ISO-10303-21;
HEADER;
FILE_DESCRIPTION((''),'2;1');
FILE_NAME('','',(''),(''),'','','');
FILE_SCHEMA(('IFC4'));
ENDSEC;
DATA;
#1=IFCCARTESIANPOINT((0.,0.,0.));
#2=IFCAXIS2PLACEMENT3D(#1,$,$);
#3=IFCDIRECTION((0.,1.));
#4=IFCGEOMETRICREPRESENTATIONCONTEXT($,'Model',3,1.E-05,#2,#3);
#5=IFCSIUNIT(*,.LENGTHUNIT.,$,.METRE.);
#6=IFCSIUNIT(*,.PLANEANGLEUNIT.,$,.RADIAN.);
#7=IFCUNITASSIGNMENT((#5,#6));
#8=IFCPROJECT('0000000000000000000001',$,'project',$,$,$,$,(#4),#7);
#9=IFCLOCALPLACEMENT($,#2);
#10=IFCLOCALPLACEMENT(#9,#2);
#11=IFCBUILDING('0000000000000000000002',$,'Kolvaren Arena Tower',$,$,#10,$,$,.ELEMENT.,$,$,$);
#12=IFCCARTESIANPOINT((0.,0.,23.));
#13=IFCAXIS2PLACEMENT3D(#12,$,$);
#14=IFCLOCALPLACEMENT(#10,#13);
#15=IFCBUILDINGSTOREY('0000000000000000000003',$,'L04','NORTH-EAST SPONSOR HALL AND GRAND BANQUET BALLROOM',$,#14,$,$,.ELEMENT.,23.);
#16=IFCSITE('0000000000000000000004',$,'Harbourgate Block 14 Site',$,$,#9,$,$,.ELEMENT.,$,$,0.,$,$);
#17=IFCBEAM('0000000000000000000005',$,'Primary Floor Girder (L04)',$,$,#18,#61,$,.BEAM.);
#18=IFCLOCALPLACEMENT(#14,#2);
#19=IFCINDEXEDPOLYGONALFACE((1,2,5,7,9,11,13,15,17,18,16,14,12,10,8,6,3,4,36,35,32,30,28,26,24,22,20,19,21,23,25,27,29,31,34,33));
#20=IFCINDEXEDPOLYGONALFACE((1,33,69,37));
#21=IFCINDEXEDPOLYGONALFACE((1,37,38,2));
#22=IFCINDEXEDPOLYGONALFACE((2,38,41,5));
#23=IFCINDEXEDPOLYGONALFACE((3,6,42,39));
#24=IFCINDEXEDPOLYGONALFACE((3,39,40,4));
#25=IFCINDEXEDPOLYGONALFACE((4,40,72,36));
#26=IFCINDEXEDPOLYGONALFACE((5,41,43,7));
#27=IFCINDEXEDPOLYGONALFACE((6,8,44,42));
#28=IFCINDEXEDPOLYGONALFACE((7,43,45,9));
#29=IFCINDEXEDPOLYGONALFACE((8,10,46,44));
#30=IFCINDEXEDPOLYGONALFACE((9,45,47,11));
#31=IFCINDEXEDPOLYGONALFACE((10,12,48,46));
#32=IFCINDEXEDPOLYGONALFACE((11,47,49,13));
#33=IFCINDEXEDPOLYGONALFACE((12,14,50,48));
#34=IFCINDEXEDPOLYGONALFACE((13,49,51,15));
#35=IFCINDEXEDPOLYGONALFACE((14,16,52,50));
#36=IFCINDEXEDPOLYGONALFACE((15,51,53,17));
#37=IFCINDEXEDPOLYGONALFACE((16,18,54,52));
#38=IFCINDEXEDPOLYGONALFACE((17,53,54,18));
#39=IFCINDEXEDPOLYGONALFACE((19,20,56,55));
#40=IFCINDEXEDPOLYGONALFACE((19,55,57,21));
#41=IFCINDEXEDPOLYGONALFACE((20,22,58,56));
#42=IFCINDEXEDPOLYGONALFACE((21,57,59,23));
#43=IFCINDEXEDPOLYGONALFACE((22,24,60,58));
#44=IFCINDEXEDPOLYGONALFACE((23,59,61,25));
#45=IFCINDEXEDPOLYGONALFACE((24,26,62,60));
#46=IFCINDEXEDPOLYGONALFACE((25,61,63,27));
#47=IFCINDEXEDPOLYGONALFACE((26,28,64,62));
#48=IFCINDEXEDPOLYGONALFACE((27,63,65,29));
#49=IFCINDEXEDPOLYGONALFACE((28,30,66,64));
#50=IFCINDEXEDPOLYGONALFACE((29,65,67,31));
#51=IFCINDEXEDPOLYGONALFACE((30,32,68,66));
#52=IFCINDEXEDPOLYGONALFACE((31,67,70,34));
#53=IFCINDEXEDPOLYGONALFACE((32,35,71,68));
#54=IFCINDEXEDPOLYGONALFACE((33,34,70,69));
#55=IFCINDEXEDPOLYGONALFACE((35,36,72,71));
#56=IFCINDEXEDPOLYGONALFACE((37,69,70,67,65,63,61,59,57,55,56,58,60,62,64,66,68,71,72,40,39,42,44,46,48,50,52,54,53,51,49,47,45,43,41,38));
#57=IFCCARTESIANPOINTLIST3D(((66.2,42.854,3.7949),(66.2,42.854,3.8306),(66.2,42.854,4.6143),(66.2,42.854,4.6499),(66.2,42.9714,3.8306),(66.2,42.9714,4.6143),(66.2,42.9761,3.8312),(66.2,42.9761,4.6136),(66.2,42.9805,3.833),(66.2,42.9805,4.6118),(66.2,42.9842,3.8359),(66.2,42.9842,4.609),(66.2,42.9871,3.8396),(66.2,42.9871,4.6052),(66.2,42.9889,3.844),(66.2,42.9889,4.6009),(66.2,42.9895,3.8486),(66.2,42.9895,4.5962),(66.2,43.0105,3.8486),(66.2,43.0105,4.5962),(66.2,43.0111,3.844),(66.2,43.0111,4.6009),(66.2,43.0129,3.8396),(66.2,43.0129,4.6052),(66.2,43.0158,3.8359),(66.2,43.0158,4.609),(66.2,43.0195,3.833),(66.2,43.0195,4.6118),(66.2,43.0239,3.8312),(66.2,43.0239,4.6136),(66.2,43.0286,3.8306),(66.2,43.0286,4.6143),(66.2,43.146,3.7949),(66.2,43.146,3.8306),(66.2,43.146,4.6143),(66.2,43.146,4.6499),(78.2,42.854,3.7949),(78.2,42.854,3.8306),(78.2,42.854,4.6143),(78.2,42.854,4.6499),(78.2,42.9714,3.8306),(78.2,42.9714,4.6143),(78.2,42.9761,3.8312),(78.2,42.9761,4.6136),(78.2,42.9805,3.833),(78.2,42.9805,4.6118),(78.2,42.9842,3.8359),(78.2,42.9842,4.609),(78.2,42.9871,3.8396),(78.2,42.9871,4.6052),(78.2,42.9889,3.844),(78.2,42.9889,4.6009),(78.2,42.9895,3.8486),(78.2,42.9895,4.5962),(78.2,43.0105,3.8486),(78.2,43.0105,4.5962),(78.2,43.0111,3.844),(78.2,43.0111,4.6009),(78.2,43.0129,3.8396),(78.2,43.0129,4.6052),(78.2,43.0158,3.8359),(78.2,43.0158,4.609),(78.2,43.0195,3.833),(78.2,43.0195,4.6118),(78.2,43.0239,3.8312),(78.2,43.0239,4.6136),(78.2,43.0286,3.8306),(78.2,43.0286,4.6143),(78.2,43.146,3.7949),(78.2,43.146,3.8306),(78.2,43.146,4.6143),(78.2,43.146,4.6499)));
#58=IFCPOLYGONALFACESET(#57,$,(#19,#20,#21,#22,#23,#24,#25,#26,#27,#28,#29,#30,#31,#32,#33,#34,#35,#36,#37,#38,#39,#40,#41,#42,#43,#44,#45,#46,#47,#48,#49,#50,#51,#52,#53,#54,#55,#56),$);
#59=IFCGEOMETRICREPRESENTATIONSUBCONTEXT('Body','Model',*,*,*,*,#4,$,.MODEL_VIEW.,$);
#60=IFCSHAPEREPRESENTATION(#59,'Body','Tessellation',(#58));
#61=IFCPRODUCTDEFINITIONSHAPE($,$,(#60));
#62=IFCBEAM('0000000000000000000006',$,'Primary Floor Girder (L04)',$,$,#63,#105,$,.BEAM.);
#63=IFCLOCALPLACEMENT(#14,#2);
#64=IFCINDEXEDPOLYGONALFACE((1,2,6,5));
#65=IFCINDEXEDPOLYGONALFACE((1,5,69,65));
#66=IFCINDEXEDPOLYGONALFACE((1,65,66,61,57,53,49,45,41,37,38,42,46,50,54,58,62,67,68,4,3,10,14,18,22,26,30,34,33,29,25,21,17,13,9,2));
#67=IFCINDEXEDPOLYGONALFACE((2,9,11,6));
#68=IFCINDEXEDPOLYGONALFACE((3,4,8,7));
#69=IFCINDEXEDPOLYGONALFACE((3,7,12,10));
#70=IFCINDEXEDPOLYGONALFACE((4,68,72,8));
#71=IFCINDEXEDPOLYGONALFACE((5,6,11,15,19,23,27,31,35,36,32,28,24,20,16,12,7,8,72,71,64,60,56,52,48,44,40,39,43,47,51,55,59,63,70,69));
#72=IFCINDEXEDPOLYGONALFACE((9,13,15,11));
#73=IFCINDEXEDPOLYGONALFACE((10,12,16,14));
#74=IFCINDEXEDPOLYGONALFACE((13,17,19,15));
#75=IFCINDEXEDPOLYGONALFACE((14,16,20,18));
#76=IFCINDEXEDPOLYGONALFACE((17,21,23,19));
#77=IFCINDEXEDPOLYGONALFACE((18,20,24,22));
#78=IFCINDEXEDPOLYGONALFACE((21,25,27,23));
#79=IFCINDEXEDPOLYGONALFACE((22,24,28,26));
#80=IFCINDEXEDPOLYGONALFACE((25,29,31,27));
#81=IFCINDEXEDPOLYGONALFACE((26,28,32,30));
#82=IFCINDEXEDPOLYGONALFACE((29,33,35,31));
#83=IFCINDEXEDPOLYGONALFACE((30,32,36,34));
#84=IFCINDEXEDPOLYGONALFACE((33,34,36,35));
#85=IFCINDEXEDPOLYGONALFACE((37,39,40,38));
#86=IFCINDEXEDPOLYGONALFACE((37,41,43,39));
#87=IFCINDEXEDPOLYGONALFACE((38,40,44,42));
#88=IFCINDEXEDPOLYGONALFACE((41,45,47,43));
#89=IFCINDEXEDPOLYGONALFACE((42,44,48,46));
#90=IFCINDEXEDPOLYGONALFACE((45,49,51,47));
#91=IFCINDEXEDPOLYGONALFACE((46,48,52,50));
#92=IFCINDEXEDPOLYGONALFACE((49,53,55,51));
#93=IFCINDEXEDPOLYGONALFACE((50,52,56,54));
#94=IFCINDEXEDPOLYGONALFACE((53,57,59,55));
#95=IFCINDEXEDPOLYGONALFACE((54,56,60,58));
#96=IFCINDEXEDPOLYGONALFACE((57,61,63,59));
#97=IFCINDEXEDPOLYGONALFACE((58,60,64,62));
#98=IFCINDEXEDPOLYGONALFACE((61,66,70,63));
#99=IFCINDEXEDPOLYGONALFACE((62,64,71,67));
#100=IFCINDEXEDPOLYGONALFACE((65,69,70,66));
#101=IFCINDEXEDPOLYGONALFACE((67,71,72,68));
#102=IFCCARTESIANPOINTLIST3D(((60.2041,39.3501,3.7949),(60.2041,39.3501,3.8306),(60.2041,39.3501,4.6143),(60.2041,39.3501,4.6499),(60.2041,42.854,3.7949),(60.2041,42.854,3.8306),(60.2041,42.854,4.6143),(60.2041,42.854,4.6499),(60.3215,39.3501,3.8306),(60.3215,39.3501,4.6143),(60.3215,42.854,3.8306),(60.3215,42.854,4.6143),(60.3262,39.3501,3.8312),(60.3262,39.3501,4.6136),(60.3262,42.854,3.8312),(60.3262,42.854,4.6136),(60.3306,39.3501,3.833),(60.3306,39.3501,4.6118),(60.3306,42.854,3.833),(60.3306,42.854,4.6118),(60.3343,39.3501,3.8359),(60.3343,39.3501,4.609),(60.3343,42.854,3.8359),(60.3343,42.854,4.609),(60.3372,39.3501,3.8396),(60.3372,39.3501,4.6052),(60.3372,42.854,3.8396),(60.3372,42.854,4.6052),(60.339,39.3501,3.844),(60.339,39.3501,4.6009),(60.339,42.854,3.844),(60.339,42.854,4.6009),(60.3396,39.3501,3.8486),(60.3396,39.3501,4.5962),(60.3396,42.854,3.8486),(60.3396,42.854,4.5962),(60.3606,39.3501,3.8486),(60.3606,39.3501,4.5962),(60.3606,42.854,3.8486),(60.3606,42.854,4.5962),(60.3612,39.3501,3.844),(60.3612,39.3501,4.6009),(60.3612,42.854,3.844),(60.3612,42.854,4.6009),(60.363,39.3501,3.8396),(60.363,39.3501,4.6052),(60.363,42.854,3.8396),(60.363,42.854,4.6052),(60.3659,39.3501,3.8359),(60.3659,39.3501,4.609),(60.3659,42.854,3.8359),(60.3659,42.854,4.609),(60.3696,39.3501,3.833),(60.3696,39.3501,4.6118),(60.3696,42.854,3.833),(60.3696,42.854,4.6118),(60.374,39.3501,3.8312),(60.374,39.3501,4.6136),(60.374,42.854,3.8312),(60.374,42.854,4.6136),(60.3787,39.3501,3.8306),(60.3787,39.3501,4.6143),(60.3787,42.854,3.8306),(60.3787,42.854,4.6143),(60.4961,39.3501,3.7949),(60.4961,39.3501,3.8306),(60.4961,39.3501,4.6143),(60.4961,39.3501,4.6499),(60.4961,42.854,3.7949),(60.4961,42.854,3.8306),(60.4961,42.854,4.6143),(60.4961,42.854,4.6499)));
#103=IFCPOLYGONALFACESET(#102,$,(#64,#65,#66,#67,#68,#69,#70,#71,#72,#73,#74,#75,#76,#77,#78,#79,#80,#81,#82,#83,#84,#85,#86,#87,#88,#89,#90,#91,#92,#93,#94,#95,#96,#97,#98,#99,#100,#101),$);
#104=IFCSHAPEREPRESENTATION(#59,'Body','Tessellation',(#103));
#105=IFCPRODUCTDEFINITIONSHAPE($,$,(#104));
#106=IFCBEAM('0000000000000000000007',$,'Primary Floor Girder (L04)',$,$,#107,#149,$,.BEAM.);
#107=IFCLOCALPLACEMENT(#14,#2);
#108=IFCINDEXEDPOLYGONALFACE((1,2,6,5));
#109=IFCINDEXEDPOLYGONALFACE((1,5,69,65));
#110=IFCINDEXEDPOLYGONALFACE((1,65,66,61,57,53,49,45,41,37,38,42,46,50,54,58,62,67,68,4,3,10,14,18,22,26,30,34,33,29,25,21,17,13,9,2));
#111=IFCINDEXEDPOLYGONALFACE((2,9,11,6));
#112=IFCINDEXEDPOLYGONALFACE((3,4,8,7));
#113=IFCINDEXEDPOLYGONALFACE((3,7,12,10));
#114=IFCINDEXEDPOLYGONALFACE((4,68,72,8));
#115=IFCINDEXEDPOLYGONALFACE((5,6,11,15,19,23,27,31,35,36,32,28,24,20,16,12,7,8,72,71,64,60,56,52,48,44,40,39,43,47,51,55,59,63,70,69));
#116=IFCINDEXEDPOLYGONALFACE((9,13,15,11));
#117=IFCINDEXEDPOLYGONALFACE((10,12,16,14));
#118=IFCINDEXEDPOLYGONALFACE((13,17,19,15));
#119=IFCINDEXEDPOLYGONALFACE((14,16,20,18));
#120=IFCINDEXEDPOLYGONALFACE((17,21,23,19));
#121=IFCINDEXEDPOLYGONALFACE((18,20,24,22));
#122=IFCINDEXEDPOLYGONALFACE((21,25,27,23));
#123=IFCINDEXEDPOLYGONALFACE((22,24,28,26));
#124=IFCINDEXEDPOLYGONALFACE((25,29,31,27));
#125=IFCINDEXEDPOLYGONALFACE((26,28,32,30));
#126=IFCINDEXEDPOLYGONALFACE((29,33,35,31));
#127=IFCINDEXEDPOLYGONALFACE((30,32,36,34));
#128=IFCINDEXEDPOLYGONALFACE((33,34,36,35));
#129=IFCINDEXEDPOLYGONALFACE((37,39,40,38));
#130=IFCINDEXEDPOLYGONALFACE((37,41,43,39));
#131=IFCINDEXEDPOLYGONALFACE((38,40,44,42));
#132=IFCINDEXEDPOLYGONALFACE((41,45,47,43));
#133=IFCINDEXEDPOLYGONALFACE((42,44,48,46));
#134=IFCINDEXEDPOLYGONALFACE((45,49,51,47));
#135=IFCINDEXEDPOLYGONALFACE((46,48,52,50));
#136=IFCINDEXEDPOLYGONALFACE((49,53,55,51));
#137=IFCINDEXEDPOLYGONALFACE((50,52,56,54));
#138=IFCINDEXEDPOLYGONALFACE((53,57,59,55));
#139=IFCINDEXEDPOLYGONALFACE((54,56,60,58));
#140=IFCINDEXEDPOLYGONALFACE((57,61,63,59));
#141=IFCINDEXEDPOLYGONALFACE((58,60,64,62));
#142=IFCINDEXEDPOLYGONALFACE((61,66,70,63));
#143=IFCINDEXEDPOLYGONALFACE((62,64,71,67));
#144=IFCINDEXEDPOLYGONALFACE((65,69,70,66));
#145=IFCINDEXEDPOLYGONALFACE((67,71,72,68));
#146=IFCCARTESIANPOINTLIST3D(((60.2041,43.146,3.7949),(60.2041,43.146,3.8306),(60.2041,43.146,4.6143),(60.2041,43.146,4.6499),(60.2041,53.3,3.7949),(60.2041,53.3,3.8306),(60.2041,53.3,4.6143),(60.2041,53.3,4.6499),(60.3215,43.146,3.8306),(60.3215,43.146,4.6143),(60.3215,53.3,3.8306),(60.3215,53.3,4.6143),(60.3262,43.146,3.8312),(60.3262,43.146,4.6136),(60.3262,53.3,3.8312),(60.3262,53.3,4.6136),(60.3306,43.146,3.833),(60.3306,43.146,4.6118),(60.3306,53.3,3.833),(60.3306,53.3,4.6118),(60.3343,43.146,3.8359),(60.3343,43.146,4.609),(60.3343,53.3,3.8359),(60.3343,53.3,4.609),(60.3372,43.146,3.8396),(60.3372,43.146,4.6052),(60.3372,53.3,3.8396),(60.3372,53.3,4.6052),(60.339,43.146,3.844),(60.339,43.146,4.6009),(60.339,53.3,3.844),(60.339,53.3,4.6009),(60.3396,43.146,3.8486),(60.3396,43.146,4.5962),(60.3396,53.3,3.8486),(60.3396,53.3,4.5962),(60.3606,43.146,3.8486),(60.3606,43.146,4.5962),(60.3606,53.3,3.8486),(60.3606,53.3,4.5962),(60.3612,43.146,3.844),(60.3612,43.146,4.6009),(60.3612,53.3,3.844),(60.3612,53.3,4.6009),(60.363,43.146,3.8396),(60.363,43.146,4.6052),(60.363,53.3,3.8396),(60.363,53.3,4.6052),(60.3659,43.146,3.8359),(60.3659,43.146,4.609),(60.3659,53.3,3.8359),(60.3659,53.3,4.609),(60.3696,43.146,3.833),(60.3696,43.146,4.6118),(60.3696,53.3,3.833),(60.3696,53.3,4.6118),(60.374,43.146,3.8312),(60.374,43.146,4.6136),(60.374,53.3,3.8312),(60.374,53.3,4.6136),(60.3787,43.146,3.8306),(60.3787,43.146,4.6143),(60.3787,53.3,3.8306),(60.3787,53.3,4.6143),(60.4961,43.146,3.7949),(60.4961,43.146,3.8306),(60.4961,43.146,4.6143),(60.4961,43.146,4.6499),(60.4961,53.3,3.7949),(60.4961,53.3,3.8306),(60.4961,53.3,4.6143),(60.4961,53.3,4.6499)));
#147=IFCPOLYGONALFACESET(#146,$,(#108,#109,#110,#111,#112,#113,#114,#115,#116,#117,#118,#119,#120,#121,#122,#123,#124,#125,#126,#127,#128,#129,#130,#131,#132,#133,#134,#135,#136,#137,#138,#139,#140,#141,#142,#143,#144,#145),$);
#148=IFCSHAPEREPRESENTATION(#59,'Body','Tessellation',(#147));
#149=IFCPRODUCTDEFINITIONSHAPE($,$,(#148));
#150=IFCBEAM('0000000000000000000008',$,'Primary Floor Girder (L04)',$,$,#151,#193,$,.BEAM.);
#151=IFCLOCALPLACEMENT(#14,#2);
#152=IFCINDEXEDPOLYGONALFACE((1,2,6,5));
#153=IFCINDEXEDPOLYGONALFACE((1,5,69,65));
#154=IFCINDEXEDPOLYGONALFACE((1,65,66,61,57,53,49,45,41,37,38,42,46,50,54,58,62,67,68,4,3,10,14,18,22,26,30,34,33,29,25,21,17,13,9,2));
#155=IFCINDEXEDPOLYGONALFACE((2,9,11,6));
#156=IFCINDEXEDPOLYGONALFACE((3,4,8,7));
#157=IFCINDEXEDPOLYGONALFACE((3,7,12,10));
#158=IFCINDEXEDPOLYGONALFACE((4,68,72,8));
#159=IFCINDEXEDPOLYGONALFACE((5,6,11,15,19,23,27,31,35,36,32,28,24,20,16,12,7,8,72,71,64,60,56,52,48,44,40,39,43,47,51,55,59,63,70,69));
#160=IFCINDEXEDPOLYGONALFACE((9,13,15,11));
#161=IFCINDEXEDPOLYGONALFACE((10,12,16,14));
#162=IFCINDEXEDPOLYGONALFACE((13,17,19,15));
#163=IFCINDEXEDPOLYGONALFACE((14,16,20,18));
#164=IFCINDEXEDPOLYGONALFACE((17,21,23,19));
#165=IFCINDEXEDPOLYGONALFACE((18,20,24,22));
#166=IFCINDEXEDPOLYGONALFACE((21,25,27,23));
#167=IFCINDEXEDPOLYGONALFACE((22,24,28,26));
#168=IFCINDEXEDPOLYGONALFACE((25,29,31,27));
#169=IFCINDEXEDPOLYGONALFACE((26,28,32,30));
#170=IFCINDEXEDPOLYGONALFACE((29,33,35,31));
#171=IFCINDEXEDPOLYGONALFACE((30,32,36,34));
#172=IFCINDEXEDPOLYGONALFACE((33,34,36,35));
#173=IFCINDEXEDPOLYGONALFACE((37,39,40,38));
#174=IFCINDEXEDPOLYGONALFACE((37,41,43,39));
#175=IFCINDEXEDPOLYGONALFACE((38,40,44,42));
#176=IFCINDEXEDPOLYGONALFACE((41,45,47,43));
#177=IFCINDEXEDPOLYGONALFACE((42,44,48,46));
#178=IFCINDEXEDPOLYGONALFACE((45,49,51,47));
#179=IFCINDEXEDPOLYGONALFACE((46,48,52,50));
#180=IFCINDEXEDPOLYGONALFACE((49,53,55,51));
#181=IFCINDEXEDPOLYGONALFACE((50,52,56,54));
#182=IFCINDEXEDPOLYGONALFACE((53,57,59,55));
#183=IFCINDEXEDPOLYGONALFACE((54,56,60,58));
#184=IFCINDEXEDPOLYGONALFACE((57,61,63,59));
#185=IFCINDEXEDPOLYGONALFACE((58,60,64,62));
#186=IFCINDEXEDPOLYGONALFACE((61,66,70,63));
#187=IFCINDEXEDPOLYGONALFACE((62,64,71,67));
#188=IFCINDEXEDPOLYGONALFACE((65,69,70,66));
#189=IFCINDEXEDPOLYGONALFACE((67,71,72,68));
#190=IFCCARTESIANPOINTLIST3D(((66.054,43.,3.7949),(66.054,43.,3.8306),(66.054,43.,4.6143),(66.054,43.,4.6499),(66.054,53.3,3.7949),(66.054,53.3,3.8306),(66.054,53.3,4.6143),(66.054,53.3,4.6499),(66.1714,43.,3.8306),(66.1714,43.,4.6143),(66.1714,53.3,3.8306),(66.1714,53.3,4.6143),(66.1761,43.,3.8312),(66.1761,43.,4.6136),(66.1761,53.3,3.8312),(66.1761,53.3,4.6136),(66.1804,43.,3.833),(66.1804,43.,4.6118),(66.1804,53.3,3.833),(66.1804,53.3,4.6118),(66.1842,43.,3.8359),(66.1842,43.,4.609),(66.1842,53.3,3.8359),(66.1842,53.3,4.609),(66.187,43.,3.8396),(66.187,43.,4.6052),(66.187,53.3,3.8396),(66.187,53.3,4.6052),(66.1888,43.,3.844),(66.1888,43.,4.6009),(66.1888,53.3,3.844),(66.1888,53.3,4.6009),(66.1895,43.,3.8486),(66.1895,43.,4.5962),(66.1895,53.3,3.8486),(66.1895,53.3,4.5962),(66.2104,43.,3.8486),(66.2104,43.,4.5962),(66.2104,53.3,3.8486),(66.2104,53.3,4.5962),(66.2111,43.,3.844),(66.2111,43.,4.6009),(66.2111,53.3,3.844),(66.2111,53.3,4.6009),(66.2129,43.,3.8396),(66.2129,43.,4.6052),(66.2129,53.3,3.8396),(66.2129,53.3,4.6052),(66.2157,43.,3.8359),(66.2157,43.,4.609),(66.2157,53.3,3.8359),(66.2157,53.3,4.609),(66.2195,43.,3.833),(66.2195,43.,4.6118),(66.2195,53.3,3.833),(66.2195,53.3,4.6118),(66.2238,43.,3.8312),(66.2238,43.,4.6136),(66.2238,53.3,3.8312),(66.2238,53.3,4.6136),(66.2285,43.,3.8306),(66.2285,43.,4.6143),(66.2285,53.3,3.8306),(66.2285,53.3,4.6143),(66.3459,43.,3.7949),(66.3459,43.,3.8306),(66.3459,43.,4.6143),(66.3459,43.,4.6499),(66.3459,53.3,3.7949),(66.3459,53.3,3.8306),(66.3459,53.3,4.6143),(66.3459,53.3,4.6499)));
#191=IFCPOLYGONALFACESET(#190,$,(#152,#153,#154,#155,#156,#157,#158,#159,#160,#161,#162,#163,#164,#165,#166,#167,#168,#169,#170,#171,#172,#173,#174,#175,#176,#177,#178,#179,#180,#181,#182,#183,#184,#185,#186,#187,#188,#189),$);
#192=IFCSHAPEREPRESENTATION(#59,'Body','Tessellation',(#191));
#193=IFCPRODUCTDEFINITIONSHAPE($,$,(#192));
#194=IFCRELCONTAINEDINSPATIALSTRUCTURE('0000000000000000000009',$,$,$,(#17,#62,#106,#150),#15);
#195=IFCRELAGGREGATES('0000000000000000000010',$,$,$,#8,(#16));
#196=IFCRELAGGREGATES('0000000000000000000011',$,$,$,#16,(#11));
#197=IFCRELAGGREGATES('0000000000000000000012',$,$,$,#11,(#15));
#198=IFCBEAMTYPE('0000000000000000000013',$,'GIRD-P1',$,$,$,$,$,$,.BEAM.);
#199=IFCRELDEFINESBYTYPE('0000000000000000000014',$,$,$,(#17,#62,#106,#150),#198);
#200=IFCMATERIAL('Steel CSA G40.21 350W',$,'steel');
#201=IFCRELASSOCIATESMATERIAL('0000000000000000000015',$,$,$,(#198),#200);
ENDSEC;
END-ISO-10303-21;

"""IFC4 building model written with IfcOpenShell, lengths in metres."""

from ifc_helpers import new_model, si_unit, direction, frame, origin, origin_2d, place, context, subcontext, project, spatial, i_section, extrude, material, material_profile, profile_set, type_object, element, save


model = new_model("IFC4")

# Units and contexts
model_context = context("Model", 3, precision=1e-05, world=origin(), true_north=direction((0.0, 1.0)))
body_context = subcontext(model_context, "Body", "Model", "MODEL_VIEW")
ifc_project = project(units=[si_unit("LENGTHUNIT", "METRE"), si_unit("PLANEANGLEUNIT", "RADIAN")], contexts=[model_context])

# Site, building, storey
site_placement = place(None, origin())
site = spatial("IfcSite", under=ifc_project, at=site_placement, Name="Harbourgate Block 14 Site", CompositionType="ELEMENT", RefElevation=0.0)
building_placement = place(site_placement, origin())
building = spatial("IfcBuilding", under=site, at=building_placement, Name="Kolvaren Arena Tower", CompositionType="ELEMENT")
storey_placement = place(building_placement, frame((0.0, 0.0, 23.0)))
storey = spatial("IfcBuildingStorey", under=building, at=storey_placement, Name="L04", Description="NORTH-EAST SPONSOR HALL AND GRAND BANQUET BALLROOM", CompositionType="ELEMENT", Elevation=23.0)

# Beams
ifc_material_1 = material(Name="Steel CSA G40.21 350W", Category="steel")
ifc_material_profile_1 = material_profile(ifc_material_1, i_section(OverallWidth=0.292, OverallDepth=0.855, WebThickness=0.021, FlangeThickness=0.0356, FilletRadius=0.0181, at=origin_2d()), Name="W840x299")
ifc_profile_set_1 = profile_set([ifc_material_profile_1], Name="Steel CSA G40.21 350W")
beam_type_1 = type_object("IfcBeamType", Name="GIRD-P1", PredefinedType="BEAM", material=ifc_profile_set_1)
beam_1_placement = place(storey_placement, frame((66.2, 43.0, 4.2224), z_axis=(1.0, 0.0, 0.0), x_axis=(0.0, 1.0, 0.0)))
element("IfcBeam", 1, at=beam_1_placement, inside=storey, type_object=beam_type_1, Name="Primary Floor Girder (L04)", PredefinedType="BEAM", context=body_context, shape_type="SweptSolid", body=[
    extrude(i_section(OverallWidth=0.292, OverallDepth=0.855, WebThickness=0.021, FlangeThickness=0.0356, FilletRadius=0.0181, at=origin_2d()), origin(), (0.0, 0.0, 1.0), 12.0),
])
beam_2_placement = place(storey_placement, frame((60.3501, 39.3501, 4.2224), z_axis=(0.0, 1.0, 0.0), x_axis=(-1.0, 0.0, 0.0)))
element("IfcBeam", 2, at=beam_2_placement, inside=storey, type_object=beam_type_1, Name="Primary Floor Girder (L04)", PredefinedType="BEAM", context=body_context, shape_type="SweptSolid", body=[
    extrude(i_section(OverallWidth=0.292, OverallDepth=0.855, WebThickness=0.021, FlangeThickness=0.0356, FilletRadius=0.0181, at=origin_2d()), origin(), (0.0, 0.0, 1.0), 3.5039),
])
beam_3_placement = place(storey_placement, frame((60.3501, 43.146, 4.2224), z_axis=(0.0, 1.0, 0.0), x_axis=(-1.0, 0.0, 0.0)))
element("IfcBeam", 3, at=beam_3_placement, inside=storey, type_object=beam_type_1, Name="Primary Floor Girder (L04)", PredefinedType="BEAM", context=body_context, shape_type="SweptSolid", body=[
    extrude(i_section(OverallWidth=0.292, OverallDepth=0.855, WebThickness=0.021, FlangeThickness=0.0356, FilletRadius=0.0181, at=origin_2d()), origin(), (0.0, 0.0, 1.0), 10.1541),
])
beam_4_placement = place(storey_placement, frame((66.2, 43.0, 4.2224), z_axis=(0.0, 1.0, 0.0), x_axis=(-1.0, 0.0, 0.0)))
element("IfcBeam", 4, at=beam_4_placement, inside=storey, type_object=beam_type_1, Name="Primary Floor Girder (L04)", PredefinedType="BEAM", context=body_context, shape_type="SweptSolid", body=[
    extrude(i_section(OverallWidth=0.292, OverallDepth=0.855, WebThickness=0.021, FlangeThickness=0.0356, FilletRadius=0.0181, at=origin_2d()), origin(), (0.0, 0.0, 1.0), 10.3),
])

save(model, "model.ifc")
